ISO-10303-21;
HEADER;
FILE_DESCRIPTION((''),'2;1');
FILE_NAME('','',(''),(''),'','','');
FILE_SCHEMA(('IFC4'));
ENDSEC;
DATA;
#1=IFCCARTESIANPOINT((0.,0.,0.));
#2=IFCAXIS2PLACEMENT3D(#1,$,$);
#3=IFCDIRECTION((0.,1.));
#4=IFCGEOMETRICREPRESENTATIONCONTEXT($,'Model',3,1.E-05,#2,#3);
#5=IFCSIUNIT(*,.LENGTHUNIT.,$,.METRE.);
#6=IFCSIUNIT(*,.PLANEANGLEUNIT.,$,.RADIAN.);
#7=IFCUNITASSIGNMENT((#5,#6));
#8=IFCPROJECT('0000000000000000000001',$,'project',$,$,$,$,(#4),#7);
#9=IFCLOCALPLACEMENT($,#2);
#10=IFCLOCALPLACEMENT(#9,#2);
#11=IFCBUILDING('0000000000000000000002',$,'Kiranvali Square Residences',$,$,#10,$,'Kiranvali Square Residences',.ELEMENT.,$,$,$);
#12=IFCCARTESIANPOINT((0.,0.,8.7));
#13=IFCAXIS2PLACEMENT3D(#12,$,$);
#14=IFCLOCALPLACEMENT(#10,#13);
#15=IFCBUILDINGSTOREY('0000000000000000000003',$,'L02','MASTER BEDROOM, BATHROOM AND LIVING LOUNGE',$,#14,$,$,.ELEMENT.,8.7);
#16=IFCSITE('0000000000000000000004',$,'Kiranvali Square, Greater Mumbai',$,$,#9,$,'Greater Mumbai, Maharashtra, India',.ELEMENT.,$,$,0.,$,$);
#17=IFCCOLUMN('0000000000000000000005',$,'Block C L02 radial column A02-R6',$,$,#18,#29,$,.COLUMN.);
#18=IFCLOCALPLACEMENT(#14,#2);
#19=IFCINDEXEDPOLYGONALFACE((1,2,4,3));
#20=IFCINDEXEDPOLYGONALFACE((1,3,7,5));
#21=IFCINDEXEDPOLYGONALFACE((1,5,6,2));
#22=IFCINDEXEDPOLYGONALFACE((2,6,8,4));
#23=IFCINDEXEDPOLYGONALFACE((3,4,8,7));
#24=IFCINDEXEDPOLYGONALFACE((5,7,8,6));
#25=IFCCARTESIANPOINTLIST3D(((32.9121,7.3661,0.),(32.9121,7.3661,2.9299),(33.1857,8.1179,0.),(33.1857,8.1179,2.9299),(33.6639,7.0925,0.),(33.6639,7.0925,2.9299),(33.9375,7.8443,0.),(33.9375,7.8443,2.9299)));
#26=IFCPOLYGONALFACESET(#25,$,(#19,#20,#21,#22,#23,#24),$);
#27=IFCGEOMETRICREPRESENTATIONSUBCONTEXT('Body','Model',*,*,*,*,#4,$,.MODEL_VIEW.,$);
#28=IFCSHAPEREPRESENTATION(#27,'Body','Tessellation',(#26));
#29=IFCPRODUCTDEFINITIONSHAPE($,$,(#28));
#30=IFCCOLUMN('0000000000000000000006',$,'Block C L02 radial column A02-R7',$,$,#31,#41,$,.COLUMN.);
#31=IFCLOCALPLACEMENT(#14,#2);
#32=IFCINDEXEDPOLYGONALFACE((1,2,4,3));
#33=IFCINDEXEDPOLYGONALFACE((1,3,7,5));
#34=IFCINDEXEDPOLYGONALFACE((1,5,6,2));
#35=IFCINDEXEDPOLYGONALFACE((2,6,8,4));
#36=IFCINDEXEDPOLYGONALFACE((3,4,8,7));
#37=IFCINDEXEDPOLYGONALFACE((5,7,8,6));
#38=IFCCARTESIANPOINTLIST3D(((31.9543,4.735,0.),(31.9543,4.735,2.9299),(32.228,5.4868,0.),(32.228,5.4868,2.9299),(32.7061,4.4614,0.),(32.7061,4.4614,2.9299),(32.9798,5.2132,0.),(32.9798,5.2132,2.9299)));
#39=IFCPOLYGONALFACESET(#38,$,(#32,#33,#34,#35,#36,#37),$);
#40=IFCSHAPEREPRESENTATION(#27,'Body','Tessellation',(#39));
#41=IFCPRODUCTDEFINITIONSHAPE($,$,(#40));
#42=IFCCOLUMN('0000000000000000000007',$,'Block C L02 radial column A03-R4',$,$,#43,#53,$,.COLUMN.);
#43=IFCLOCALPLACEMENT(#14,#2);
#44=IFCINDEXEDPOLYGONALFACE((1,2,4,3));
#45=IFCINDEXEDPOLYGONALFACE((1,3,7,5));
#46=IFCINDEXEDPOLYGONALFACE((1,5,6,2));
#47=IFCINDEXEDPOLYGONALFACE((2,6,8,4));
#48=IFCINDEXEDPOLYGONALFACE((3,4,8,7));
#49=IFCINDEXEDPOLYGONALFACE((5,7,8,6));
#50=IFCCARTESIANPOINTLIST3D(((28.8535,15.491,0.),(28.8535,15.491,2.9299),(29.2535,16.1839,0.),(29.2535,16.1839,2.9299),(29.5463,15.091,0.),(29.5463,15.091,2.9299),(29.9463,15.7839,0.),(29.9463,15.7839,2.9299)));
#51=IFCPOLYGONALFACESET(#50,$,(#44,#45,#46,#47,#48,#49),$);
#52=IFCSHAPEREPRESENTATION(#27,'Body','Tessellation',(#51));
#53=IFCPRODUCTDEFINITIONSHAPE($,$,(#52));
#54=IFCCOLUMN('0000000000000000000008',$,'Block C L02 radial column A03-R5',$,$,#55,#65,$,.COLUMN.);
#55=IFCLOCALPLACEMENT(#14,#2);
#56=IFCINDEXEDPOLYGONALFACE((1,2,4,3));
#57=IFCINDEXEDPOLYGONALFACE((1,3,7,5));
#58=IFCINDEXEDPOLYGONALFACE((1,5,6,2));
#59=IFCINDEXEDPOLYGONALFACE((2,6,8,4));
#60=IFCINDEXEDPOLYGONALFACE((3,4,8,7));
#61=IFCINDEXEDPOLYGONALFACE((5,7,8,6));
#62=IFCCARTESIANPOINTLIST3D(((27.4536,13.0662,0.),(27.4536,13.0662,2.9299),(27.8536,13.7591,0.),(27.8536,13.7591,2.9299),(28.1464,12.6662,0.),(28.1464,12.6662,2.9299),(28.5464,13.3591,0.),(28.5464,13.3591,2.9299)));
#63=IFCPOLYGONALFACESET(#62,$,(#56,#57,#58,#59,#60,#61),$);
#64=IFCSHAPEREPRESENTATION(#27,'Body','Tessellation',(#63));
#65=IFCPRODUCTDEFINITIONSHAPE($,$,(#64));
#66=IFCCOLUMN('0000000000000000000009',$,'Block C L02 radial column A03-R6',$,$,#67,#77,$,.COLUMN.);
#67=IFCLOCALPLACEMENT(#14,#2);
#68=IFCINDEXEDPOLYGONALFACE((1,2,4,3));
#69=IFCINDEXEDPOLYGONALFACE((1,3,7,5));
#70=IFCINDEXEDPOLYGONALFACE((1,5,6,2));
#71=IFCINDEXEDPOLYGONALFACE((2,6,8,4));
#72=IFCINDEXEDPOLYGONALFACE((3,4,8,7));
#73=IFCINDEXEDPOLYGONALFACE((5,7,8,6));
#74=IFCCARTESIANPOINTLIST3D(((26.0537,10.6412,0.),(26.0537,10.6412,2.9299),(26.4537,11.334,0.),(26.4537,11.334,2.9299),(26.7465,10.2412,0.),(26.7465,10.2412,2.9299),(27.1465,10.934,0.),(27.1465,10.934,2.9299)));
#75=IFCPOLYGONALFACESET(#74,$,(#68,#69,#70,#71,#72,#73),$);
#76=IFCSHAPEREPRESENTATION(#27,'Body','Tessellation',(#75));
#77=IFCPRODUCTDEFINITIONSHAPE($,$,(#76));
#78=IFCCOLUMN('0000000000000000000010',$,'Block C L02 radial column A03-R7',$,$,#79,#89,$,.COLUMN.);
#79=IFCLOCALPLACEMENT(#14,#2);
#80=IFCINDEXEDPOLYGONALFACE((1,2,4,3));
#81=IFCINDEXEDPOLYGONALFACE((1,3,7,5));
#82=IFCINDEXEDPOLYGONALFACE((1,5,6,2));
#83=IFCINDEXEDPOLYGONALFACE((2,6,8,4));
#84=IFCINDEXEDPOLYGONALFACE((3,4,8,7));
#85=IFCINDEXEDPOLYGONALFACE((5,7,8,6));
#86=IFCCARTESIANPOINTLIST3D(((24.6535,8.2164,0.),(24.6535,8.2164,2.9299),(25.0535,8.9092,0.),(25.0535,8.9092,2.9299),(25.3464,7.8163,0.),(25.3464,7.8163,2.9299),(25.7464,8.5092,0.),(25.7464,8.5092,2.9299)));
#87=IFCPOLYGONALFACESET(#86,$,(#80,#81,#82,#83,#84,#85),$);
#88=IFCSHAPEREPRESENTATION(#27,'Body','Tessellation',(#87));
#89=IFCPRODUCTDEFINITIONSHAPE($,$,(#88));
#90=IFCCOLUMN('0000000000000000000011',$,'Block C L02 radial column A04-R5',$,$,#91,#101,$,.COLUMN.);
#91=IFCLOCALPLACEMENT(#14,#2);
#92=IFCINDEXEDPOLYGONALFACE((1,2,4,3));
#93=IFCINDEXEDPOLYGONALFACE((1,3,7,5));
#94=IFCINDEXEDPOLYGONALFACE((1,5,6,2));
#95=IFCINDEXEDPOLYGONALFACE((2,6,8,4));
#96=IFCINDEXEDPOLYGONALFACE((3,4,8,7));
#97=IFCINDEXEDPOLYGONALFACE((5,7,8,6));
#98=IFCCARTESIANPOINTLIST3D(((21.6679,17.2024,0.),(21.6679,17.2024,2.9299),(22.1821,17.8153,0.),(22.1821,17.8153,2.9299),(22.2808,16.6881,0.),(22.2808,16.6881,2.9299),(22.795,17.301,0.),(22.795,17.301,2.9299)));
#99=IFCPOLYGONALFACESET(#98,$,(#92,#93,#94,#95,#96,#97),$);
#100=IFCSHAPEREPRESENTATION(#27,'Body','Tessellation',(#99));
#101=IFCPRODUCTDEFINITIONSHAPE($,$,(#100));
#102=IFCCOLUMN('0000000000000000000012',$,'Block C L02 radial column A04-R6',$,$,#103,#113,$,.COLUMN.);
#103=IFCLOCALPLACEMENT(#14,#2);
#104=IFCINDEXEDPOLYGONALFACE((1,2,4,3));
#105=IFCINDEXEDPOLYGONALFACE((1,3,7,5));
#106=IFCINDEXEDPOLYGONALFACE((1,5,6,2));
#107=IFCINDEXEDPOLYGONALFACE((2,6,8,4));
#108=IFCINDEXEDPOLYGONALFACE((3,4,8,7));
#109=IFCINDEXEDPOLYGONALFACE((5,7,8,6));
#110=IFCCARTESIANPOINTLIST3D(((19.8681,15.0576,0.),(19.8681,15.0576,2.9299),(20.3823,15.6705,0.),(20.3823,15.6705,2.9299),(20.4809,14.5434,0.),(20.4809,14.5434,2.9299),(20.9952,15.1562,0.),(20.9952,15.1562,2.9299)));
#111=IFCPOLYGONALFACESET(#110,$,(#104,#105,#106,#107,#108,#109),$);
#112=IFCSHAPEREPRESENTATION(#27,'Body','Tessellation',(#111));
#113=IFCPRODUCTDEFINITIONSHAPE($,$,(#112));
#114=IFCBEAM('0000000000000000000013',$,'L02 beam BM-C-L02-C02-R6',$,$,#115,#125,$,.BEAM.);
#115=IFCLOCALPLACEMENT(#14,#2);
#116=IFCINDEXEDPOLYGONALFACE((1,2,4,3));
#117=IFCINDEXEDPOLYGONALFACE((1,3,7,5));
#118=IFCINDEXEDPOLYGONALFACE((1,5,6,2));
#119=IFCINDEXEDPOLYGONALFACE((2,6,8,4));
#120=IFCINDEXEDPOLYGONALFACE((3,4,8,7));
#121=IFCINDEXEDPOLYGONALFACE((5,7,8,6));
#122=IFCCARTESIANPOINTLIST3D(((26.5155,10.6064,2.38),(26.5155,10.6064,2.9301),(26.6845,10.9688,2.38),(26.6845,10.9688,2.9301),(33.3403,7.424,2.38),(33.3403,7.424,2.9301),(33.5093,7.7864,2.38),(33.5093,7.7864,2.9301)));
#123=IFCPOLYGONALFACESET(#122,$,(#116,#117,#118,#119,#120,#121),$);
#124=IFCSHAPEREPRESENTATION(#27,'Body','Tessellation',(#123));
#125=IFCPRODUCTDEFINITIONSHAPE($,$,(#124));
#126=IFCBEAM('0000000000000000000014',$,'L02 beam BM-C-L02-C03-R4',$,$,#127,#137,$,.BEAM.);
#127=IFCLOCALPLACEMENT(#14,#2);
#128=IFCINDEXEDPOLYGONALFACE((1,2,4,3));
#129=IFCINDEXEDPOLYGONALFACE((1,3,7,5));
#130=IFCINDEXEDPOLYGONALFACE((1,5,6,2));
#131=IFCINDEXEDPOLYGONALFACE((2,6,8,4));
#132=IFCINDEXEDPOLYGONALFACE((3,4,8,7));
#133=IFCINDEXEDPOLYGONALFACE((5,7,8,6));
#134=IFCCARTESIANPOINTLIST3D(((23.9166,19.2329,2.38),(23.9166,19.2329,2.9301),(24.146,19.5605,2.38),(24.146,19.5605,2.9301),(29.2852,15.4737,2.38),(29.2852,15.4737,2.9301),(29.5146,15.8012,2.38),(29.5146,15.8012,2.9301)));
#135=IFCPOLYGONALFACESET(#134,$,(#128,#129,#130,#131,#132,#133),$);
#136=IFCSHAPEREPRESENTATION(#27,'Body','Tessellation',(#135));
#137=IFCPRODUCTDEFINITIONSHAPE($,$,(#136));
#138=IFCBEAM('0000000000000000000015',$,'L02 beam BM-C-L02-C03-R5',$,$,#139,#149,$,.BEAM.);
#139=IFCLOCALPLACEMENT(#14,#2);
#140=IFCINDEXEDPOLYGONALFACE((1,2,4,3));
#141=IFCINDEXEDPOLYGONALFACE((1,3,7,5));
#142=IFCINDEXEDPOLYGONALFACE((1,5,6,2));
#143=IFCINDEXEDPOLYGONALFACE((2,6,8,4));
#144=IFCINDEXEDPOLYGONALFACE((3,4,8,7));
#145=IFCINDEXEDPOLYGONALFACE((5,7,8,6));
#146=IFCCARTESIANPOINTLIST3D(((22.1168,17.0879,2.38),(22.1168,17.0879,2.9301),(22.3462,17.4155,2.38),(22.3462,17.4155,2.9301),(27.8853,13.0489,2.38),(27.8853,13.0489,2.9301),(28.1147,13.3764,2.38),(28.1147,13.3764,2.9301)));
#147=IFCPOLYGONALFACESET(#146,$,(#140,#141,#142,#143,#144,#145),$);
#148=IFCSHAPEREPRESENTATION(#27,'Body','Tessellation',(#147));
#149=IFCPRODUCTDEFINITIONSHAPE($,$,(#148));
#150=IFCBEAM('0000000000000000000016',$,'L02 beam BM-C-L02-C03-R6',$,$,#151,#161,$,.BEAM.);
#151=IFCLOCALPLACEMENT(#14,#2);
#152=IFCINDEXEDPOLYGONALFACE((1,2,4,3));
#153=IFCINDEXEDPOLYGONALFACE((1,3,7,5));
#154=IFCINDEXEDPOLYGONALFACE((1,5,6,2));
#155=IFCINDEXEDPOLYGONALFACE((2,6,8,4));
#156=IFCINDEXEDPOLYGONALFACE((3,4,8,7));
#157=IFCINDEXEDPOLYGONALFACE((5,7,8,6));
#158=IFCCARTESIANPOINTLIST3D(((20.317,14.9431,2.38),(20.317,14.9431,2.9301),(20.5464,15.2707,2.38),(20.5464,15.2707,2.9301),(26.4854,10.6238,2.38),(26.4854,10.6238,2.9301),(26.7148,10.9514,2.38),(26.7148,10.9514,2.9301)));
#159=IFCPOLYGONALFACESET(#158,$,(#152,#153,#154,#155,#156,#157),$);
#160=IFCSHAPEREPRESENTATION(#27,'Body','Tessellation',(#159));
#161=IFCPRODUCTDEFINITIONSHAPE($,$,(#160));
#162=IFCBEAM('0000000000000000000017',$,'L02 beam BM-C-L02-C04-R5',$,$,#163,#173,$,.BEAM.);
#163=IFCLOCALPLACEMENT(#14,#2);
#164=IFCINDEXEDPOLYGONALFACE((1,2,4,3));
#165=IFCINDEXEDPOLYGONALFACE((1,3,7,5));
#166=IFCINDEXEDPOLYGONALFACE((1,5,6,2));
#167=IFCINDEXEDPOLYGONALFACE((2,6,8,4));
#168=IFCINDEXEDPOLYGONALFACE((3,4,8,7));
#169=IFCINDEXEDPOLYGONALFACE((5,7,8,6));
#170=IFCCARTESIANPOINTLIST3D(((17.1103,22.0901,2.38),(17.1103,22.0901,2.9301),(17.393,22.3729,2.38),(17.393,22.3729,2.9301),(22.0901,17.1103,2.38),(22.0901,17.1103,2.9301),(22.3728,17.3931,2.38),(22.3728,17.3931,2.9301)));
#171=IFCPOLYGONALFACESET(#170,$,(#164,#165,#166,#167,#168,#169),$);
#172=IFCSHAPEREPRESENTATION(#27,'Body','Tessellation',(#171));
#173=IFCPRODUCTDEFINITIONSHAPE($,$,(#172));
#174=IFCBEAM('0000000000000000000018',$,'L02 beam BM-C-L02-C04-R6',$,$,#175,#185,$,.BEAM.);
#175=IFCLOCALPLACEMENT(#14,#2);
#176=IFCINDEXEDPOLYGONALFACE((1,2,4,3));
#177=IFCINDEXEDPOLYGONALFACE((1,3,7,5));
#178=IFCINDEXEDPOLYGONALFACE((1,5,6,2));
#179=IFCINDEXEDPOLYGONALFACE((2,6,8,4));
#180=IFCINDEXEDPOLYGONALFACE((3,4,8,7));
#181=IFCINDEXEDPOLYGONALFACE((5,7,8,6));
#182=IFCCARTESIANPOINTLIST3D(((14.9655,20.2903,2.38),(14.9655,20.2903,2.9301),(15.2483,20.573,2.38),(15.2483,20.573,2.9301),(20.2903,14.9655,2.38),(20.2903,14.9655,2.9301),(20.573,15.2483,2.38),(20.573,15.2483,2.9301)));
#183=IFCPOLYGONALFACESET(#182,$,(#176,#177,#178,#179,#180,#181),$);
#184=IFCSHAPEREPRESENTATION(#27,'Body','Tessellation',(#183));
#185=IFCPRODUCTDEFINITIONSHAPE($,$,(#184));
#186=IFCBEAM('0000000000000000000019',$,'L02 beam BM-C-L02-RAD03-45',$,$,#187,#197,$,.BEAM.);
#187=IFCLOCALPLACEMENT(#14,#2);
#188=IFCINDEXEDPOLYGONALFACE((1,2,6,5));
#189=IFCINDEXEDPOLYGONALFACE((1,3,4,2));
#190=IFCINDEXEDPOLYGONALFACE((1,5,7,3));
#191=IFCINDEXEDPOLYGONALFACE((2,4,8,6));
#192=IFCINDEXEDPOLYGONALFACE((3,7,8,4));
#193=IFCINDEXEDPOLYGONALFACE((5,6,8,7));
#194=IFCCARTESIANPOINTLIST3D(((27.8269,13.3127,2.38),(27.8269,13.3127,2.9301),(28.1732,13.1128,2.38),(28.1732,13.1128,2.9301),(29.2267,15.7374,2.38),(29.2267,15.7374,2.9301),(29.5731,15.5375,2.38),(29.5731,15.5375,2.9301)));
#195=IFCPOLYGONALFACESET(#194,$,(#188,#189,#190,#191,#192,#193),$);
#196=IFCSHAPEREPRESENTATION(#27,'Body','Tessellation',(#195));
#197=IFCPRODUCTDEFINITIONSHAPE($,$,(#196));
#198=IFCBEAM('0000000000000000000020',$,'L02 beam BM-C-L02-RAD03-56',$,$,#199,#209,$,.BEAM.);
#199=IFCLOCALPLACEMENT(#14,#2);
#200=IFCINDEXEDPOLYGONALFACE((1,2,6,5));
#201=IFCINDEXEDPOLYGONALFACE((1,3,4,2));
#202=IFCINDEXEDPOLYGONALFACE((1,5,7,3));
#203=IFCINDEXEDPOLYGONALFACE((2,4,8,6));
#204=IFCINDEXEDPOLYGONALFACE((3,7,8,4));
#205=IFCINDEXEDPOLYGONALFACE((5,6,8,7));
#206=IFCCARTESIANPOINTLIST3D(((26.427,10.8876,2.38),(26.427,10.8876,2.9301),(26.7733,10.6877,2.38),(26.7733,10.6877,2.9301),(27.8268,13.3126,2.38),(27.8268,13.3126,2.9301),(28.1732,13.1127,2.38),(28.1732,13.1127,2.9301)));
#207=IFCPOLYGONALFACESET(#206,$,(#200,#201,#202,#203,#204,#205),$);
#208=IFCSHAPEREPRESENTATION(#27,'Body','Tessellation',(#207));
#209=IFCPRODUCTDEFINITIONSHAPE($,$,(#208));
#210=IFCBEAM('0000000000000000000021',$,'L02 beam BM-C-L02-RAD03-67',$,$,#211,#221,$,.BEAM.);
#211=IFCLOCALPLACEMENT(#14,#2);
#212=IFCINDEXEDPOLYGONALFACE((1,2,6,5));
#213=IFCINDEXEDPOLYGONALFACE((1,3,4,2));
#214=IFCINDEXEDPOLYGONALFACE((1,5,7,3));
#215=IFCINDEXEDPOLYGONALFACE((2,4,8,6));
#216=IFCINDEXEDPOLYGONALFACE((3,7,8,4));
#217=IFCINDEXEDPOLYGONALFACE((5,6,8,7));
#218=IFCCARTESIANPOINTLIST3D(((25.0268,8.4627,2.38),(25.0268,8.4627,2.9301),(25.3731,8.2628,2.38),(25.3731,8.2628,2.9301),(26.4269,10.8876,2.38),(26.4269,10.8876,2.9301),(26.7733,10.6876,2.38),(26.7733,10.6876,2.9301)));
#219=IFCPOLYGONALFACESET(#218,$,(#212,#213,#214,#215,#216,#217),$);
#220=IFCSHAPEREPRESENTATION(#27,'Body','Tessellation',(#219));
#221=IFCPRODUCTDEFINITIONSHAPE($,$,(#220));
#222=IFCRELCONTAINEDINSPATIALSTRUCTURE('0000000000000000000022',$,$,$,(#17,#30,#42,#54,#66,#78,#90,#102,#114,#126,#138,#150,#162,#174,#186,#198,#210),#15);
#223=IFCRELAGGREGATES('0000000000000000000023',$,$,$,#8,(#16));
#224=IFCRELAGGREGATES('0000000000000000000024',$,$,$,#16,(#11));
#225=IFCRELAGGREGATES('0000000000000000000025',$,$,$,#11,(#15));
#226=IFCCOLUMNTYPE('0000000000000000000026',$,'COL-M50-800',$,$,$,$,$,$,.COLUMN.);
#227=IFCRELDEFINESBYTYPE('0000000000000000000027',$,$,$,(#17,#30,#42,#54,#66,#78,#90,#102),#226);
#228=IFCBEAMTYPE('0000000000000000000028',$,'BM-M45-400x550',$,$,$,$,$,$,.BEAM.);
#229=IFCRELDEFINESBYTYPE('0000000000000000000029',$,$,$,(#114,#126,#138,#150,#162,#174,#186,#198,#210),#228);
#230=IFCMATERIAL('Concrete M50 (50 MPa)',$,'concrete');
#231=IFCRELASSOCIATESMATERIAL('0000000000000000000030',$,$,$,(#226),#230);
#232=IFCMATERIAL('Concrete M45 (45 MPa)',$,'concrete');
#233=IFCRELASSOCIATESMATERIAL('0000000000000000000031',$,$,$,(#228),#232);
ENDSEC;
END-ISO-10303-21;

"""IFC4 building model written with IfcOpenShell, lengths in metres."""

from ifc_helpers import new_model, si_unit, direction, frame, origin, origin_2d, place, context, subcontext, project, spatial, rectangle, extrude, material, material_profile, profile_set, type_object, element, save


model = new_model("IFC4")

# Units and contexts
model_context = context("Model", 3, precision=1e-05, world=origin(), true_north=direction((0.0, 1.0)))
body_context = subcontext(model_context, "Body", "Model", "MODEL_VIEW")
ifc_project = project(units=[si_unit("LENGTHUNIT", "METRE"), si_unit("PLANEANGLEUNIT", "RADIAN")], contexts=[model_context])

# Site, building, storey
site_placement = place(None, origin())
site = spatial("IfcSite", under=ifc_project, at=site_placement, Name="Kiranvali Square, Greater Mumbai", LongName="Greater Mumbai, Maharashtra, India", CompositionType="ELEMENT", RefElevation=0.0)
building_placement = place(site_placement, origin())
building = spatial("IfcBuilding", under=site, at=building_placement, Name="Kiranvali Square Residences", LongName="Kiranvali Square Residences", CompositionType="ELEMENT")
storey_placement = place(building_placement, frame((0.0, 0.0, 8.7)))
storey = spatial("IfcBuildingStorey", under=building, at=storey_placement, Name="L02", Description="MASTER BEDROOM, BATHROOM AND LIVING LOUNGE", CompositionType="ELEMENT", Elevation=8.7)

# Columns
ifc_material_1 = material(Name="Concrete M50 (50 MPa)", Category="concrete")
ifc_material_profile_1 = material_profile(ifc_material_1, rectangle(XDim=0.8, YDim=0.8, at=origin_2d()), Name="RC 800x800")
ifc_profile_set_1 = profile_set([ifc_material_profile_1], Name="Concrete M50 (50 MPa)")
column_type = type_object("IfcColumnType", Name="COL-M50-800", PredefinedType="COLUMN", material=ifc_profile_set_1)
for number, where, z_axis, x_axis, name in (
    (1, (33.4248, 7.6052, 0.0), (0.0, 0.0, 1.0), (-0.939693, 0.34202, 0.0), "Block C L02 radial column A02-R6"),
    (2, (32.467, 4.9741, 0.0), (0.0, 0.0, 1.0), (-0.939693, 0.34202, 0.0), "Block C L02 radial column A02-R7"),
    (3, (29.3999, 15.6375, 0.0), (0.0, 0.0, 1.0), (-0.866025, 0.5, 0.0), "Block C L02 radial column A03-R4"),
    (4, (28.0, 13.2126, 0.0), (0.0, 0.0, 1.0), (-0.866025, 0.5, 0.0), "Block C L02 radial column A03-R5"),
    (5, (26.6001, 10.7876, 0.0), (0.0, 0.0, 1.0), (-0.866025, 0.5, 0.0), "Block C L02 radial column A03-R6"),
    (6, (25.2, 8.3628, 0.0), (0.0, 0.0, 1.0), (-0.866025, 0.5, 0.0), "Block C L02 radial column A03-R7"),
    (7, (22.2314, 17.2517, 0.0), (0.0, 0.0, 1.0), (-0.766044, 0.642788, 0.0), "Block C L02 radial column A04-R5"),
    (8, (20.4316, 15.1069, 0.0), (0.0, 0.0, 1.0), (-0.766044, 0.642788, 0.0), "Block C L02 radial column A04-R6"),
):
    element("IfcColumn", number, at=place(storey_placement, frame(where, z_axis=z_axis, x_axis=x_axis)), inside=storey, type_object=column_type, Name=name, PredefinedType="COLUMN", context=body_context, shape_type="SweptSolid", body=[
        extrude(rectangle(XDim=0.8, YDim=0.8, at=origin_2d()), origin(), (0.0, 0.0, 1.0), 2.9299),
    ])

# Beams
ifc_material_2 = material(Name="Concrete M45 (45 MPa)", Category="concrete")
ifc_material_profile_2 = material_profile(ifc_material_2, rectangle(XDim=0.3999, YDim=0.55, at=origin_2d()), Name="RC 400x550")
ifc_profile_set_2 = profile_set([ifc_material_profile_2], Name="Concrete M45 (45 MPa)")
beam_type_1 = type_object("IfcBeamType", Name="BM-M45-400x550", PredefinedType="BEAM", material=ifc_profile_set_2)
beam_1_placement = place(storey_placement, frame((33.4248, 7.6052, 2.655), z_axis=(-0.90631, 0.422614, 0.0), x_axis=(-0.422614, -0.90631, 0.0)))
element("IfcBeam", 9, at=beam_1_placement, inside=storey, type_object=beam_type_1, Name="L02 beam BM-C-L02-C02-R6", PredefinedType="BEAM", context=body_context, shape_type="SweptSolid", body=[
    extrude(rectangle(XDim=0.3999, YDim=0.55, at=origin_2d()), origin(), (0.0, 0.0, 1.0), 7.5303),
])
beam_2_placement = place(storey_placement, frame((29.3999, 15.6375, 2.655), z_axis=(-0.819144, 0.573587, 0.0), x_axis=(-0.573587, -0.819144, 0.0)))
element("IfcBeam", 10, at=beam_2_placement, inside=storey, type_object=beam_type_1, Name="L02 beam BM-C-L02-C03-R4", PredefinedType="BEAM", context=body_context, shape_type="SweptSolid", body=[
    extrude(rectangle(XDim=0.3999, YDim=0.55, at=origin_2d()), origin(), (0.0, 0.0, 1.0), 6.554),
])
beam_3_placement = place(storey_placement, frame((28.0, 13.2126, 2.655), z_axis=(-0.81916, 0.573565, 0.0), x_axis=(-0.573565, -0.81916, 0.0)))
element("IfcBeam", 11, at=beam_3_placement, inside=storey, type_object=beam_type_1, Name="L02 beam BM-C-L02-C03-R5", PredefinedType="BEAM", context=body_context, shape_type="SweptSolid", body=[
    extrude(rectangle(XDim=0.3999, YDim=0.55, at=origin_2d()), origin(), (0.0, 0.0, 1.0), 7.042),
])
beam_4_placement = place(storey_placement, frame((26.6001, 10.7876, 2.655), z_axis=(-0.819144, 0.573589, 0.0), x_axis=(-0.573589, -0.819144, 0.0)))
element("IfcBeam", 12, at=beam_4_placement, inside=storey, type_object=beam_type_1, Name="L02 beam BM-C-L02-C03-R6", PredefinedType="BEAM", context=body_context, shape_type="SweptSolid", body=[
    extrude(rectangle(XDim=0.3999, YDim=0.55, at=origin_2d()), origin(), (0.0, 0.0, 1.0), 7.5303),
])
beam_5_placement = place(storey_placement, frame((22.2314, 17.2517, 2.655), z_axis=(-0.707107, 0.707107, 0.0), x_axis=(-0.707107, -0.707107, 0.0)))
element("IfcBeam", 13, at=beam_5_placement, inside=storey, type_object=beam_type_1, Name="L02 beam BM-C-L02-C04-R5", PredefinedType="BEAM", context=body_context, shape_type="SweptSolid", body=[
    extrude(rectangle(XDim=0.3999, YDim=0.55, at=origin_2d()), origin(), (0.0, 0.0, 1.0), 7.0425),
])
beam_6_placement = place(storey_placement, frame((20.4316, 15.1069, 2.655), z_axis=(-0.707107, 0.707107, 0.0), x_axis=(-0.707107, -0.707107, 0.0)))
element("IfcBeam", 14, at=beam_6_placement, inside=storey, type_object=beam_type_1, Name="L02 beam BM-C-L02-C04-R6", PredefinedType="BEAM", context=body_context, shape_type="SweptSolid", body=[
    extrude(rectangle(XDim=0.3999, YDim=0.55, at=origin_2d()), origin(), (0.0, 0.0, 1.0), 7.5303),
])
beam_7_placement = place(storey_placement, frame((29.3999, 15.6375, 2.655), z_axis=(-0.499984, -0.866035, 0.0), x_axis=(0.866035, -0.499984, 0.0)))
element("IfcBeam", 15, at=beam_7_placement, inside=storey, type_object=beam_type_1, Name="L02 beam BM-C-L02-RAD03-45", PredefinedType="BEAM", context=body_context, shape_type="SweptSolid", body=[
    extrude(rectangle(XDim=0.3999, YDim=0.55, at=origin_2d()), origin(), (0.0, 0.0, 1.0), 2.7998),
])
for number, where, z_axis, x_axis, name in (
    (16, (28.0, 13.2126, 2.655), (-0.499946, -0.866056, 0.0), (0.866056, -0.499946, 0.0), "L02 beam BM-C-L02-RAD03-56"),
    (17, (26.6001, 10.7876, 2.655), (-0.50005, -0.865997, 0.0), (0.865997, -0.50005, 0.0), "L02 beam BM-C-L02-RAD03-67"),
):
    element("IfcBeam", number, at=place(storey_placement, frame(where, z_axis=z_axis, x_axis=x_axis)), inside=storey, type_object=beam_type_1, Name=name, PredefinedType="BEAM", context=body_context, shape_type="SweptSolid", body=[
        extrude(rectangle(XDim=0.3999, YDim=0.55, at=origin_2d()), origin(), (0.0, 0.0, 1.0), 2.8),
    ])

save(model, "model.ifc")
